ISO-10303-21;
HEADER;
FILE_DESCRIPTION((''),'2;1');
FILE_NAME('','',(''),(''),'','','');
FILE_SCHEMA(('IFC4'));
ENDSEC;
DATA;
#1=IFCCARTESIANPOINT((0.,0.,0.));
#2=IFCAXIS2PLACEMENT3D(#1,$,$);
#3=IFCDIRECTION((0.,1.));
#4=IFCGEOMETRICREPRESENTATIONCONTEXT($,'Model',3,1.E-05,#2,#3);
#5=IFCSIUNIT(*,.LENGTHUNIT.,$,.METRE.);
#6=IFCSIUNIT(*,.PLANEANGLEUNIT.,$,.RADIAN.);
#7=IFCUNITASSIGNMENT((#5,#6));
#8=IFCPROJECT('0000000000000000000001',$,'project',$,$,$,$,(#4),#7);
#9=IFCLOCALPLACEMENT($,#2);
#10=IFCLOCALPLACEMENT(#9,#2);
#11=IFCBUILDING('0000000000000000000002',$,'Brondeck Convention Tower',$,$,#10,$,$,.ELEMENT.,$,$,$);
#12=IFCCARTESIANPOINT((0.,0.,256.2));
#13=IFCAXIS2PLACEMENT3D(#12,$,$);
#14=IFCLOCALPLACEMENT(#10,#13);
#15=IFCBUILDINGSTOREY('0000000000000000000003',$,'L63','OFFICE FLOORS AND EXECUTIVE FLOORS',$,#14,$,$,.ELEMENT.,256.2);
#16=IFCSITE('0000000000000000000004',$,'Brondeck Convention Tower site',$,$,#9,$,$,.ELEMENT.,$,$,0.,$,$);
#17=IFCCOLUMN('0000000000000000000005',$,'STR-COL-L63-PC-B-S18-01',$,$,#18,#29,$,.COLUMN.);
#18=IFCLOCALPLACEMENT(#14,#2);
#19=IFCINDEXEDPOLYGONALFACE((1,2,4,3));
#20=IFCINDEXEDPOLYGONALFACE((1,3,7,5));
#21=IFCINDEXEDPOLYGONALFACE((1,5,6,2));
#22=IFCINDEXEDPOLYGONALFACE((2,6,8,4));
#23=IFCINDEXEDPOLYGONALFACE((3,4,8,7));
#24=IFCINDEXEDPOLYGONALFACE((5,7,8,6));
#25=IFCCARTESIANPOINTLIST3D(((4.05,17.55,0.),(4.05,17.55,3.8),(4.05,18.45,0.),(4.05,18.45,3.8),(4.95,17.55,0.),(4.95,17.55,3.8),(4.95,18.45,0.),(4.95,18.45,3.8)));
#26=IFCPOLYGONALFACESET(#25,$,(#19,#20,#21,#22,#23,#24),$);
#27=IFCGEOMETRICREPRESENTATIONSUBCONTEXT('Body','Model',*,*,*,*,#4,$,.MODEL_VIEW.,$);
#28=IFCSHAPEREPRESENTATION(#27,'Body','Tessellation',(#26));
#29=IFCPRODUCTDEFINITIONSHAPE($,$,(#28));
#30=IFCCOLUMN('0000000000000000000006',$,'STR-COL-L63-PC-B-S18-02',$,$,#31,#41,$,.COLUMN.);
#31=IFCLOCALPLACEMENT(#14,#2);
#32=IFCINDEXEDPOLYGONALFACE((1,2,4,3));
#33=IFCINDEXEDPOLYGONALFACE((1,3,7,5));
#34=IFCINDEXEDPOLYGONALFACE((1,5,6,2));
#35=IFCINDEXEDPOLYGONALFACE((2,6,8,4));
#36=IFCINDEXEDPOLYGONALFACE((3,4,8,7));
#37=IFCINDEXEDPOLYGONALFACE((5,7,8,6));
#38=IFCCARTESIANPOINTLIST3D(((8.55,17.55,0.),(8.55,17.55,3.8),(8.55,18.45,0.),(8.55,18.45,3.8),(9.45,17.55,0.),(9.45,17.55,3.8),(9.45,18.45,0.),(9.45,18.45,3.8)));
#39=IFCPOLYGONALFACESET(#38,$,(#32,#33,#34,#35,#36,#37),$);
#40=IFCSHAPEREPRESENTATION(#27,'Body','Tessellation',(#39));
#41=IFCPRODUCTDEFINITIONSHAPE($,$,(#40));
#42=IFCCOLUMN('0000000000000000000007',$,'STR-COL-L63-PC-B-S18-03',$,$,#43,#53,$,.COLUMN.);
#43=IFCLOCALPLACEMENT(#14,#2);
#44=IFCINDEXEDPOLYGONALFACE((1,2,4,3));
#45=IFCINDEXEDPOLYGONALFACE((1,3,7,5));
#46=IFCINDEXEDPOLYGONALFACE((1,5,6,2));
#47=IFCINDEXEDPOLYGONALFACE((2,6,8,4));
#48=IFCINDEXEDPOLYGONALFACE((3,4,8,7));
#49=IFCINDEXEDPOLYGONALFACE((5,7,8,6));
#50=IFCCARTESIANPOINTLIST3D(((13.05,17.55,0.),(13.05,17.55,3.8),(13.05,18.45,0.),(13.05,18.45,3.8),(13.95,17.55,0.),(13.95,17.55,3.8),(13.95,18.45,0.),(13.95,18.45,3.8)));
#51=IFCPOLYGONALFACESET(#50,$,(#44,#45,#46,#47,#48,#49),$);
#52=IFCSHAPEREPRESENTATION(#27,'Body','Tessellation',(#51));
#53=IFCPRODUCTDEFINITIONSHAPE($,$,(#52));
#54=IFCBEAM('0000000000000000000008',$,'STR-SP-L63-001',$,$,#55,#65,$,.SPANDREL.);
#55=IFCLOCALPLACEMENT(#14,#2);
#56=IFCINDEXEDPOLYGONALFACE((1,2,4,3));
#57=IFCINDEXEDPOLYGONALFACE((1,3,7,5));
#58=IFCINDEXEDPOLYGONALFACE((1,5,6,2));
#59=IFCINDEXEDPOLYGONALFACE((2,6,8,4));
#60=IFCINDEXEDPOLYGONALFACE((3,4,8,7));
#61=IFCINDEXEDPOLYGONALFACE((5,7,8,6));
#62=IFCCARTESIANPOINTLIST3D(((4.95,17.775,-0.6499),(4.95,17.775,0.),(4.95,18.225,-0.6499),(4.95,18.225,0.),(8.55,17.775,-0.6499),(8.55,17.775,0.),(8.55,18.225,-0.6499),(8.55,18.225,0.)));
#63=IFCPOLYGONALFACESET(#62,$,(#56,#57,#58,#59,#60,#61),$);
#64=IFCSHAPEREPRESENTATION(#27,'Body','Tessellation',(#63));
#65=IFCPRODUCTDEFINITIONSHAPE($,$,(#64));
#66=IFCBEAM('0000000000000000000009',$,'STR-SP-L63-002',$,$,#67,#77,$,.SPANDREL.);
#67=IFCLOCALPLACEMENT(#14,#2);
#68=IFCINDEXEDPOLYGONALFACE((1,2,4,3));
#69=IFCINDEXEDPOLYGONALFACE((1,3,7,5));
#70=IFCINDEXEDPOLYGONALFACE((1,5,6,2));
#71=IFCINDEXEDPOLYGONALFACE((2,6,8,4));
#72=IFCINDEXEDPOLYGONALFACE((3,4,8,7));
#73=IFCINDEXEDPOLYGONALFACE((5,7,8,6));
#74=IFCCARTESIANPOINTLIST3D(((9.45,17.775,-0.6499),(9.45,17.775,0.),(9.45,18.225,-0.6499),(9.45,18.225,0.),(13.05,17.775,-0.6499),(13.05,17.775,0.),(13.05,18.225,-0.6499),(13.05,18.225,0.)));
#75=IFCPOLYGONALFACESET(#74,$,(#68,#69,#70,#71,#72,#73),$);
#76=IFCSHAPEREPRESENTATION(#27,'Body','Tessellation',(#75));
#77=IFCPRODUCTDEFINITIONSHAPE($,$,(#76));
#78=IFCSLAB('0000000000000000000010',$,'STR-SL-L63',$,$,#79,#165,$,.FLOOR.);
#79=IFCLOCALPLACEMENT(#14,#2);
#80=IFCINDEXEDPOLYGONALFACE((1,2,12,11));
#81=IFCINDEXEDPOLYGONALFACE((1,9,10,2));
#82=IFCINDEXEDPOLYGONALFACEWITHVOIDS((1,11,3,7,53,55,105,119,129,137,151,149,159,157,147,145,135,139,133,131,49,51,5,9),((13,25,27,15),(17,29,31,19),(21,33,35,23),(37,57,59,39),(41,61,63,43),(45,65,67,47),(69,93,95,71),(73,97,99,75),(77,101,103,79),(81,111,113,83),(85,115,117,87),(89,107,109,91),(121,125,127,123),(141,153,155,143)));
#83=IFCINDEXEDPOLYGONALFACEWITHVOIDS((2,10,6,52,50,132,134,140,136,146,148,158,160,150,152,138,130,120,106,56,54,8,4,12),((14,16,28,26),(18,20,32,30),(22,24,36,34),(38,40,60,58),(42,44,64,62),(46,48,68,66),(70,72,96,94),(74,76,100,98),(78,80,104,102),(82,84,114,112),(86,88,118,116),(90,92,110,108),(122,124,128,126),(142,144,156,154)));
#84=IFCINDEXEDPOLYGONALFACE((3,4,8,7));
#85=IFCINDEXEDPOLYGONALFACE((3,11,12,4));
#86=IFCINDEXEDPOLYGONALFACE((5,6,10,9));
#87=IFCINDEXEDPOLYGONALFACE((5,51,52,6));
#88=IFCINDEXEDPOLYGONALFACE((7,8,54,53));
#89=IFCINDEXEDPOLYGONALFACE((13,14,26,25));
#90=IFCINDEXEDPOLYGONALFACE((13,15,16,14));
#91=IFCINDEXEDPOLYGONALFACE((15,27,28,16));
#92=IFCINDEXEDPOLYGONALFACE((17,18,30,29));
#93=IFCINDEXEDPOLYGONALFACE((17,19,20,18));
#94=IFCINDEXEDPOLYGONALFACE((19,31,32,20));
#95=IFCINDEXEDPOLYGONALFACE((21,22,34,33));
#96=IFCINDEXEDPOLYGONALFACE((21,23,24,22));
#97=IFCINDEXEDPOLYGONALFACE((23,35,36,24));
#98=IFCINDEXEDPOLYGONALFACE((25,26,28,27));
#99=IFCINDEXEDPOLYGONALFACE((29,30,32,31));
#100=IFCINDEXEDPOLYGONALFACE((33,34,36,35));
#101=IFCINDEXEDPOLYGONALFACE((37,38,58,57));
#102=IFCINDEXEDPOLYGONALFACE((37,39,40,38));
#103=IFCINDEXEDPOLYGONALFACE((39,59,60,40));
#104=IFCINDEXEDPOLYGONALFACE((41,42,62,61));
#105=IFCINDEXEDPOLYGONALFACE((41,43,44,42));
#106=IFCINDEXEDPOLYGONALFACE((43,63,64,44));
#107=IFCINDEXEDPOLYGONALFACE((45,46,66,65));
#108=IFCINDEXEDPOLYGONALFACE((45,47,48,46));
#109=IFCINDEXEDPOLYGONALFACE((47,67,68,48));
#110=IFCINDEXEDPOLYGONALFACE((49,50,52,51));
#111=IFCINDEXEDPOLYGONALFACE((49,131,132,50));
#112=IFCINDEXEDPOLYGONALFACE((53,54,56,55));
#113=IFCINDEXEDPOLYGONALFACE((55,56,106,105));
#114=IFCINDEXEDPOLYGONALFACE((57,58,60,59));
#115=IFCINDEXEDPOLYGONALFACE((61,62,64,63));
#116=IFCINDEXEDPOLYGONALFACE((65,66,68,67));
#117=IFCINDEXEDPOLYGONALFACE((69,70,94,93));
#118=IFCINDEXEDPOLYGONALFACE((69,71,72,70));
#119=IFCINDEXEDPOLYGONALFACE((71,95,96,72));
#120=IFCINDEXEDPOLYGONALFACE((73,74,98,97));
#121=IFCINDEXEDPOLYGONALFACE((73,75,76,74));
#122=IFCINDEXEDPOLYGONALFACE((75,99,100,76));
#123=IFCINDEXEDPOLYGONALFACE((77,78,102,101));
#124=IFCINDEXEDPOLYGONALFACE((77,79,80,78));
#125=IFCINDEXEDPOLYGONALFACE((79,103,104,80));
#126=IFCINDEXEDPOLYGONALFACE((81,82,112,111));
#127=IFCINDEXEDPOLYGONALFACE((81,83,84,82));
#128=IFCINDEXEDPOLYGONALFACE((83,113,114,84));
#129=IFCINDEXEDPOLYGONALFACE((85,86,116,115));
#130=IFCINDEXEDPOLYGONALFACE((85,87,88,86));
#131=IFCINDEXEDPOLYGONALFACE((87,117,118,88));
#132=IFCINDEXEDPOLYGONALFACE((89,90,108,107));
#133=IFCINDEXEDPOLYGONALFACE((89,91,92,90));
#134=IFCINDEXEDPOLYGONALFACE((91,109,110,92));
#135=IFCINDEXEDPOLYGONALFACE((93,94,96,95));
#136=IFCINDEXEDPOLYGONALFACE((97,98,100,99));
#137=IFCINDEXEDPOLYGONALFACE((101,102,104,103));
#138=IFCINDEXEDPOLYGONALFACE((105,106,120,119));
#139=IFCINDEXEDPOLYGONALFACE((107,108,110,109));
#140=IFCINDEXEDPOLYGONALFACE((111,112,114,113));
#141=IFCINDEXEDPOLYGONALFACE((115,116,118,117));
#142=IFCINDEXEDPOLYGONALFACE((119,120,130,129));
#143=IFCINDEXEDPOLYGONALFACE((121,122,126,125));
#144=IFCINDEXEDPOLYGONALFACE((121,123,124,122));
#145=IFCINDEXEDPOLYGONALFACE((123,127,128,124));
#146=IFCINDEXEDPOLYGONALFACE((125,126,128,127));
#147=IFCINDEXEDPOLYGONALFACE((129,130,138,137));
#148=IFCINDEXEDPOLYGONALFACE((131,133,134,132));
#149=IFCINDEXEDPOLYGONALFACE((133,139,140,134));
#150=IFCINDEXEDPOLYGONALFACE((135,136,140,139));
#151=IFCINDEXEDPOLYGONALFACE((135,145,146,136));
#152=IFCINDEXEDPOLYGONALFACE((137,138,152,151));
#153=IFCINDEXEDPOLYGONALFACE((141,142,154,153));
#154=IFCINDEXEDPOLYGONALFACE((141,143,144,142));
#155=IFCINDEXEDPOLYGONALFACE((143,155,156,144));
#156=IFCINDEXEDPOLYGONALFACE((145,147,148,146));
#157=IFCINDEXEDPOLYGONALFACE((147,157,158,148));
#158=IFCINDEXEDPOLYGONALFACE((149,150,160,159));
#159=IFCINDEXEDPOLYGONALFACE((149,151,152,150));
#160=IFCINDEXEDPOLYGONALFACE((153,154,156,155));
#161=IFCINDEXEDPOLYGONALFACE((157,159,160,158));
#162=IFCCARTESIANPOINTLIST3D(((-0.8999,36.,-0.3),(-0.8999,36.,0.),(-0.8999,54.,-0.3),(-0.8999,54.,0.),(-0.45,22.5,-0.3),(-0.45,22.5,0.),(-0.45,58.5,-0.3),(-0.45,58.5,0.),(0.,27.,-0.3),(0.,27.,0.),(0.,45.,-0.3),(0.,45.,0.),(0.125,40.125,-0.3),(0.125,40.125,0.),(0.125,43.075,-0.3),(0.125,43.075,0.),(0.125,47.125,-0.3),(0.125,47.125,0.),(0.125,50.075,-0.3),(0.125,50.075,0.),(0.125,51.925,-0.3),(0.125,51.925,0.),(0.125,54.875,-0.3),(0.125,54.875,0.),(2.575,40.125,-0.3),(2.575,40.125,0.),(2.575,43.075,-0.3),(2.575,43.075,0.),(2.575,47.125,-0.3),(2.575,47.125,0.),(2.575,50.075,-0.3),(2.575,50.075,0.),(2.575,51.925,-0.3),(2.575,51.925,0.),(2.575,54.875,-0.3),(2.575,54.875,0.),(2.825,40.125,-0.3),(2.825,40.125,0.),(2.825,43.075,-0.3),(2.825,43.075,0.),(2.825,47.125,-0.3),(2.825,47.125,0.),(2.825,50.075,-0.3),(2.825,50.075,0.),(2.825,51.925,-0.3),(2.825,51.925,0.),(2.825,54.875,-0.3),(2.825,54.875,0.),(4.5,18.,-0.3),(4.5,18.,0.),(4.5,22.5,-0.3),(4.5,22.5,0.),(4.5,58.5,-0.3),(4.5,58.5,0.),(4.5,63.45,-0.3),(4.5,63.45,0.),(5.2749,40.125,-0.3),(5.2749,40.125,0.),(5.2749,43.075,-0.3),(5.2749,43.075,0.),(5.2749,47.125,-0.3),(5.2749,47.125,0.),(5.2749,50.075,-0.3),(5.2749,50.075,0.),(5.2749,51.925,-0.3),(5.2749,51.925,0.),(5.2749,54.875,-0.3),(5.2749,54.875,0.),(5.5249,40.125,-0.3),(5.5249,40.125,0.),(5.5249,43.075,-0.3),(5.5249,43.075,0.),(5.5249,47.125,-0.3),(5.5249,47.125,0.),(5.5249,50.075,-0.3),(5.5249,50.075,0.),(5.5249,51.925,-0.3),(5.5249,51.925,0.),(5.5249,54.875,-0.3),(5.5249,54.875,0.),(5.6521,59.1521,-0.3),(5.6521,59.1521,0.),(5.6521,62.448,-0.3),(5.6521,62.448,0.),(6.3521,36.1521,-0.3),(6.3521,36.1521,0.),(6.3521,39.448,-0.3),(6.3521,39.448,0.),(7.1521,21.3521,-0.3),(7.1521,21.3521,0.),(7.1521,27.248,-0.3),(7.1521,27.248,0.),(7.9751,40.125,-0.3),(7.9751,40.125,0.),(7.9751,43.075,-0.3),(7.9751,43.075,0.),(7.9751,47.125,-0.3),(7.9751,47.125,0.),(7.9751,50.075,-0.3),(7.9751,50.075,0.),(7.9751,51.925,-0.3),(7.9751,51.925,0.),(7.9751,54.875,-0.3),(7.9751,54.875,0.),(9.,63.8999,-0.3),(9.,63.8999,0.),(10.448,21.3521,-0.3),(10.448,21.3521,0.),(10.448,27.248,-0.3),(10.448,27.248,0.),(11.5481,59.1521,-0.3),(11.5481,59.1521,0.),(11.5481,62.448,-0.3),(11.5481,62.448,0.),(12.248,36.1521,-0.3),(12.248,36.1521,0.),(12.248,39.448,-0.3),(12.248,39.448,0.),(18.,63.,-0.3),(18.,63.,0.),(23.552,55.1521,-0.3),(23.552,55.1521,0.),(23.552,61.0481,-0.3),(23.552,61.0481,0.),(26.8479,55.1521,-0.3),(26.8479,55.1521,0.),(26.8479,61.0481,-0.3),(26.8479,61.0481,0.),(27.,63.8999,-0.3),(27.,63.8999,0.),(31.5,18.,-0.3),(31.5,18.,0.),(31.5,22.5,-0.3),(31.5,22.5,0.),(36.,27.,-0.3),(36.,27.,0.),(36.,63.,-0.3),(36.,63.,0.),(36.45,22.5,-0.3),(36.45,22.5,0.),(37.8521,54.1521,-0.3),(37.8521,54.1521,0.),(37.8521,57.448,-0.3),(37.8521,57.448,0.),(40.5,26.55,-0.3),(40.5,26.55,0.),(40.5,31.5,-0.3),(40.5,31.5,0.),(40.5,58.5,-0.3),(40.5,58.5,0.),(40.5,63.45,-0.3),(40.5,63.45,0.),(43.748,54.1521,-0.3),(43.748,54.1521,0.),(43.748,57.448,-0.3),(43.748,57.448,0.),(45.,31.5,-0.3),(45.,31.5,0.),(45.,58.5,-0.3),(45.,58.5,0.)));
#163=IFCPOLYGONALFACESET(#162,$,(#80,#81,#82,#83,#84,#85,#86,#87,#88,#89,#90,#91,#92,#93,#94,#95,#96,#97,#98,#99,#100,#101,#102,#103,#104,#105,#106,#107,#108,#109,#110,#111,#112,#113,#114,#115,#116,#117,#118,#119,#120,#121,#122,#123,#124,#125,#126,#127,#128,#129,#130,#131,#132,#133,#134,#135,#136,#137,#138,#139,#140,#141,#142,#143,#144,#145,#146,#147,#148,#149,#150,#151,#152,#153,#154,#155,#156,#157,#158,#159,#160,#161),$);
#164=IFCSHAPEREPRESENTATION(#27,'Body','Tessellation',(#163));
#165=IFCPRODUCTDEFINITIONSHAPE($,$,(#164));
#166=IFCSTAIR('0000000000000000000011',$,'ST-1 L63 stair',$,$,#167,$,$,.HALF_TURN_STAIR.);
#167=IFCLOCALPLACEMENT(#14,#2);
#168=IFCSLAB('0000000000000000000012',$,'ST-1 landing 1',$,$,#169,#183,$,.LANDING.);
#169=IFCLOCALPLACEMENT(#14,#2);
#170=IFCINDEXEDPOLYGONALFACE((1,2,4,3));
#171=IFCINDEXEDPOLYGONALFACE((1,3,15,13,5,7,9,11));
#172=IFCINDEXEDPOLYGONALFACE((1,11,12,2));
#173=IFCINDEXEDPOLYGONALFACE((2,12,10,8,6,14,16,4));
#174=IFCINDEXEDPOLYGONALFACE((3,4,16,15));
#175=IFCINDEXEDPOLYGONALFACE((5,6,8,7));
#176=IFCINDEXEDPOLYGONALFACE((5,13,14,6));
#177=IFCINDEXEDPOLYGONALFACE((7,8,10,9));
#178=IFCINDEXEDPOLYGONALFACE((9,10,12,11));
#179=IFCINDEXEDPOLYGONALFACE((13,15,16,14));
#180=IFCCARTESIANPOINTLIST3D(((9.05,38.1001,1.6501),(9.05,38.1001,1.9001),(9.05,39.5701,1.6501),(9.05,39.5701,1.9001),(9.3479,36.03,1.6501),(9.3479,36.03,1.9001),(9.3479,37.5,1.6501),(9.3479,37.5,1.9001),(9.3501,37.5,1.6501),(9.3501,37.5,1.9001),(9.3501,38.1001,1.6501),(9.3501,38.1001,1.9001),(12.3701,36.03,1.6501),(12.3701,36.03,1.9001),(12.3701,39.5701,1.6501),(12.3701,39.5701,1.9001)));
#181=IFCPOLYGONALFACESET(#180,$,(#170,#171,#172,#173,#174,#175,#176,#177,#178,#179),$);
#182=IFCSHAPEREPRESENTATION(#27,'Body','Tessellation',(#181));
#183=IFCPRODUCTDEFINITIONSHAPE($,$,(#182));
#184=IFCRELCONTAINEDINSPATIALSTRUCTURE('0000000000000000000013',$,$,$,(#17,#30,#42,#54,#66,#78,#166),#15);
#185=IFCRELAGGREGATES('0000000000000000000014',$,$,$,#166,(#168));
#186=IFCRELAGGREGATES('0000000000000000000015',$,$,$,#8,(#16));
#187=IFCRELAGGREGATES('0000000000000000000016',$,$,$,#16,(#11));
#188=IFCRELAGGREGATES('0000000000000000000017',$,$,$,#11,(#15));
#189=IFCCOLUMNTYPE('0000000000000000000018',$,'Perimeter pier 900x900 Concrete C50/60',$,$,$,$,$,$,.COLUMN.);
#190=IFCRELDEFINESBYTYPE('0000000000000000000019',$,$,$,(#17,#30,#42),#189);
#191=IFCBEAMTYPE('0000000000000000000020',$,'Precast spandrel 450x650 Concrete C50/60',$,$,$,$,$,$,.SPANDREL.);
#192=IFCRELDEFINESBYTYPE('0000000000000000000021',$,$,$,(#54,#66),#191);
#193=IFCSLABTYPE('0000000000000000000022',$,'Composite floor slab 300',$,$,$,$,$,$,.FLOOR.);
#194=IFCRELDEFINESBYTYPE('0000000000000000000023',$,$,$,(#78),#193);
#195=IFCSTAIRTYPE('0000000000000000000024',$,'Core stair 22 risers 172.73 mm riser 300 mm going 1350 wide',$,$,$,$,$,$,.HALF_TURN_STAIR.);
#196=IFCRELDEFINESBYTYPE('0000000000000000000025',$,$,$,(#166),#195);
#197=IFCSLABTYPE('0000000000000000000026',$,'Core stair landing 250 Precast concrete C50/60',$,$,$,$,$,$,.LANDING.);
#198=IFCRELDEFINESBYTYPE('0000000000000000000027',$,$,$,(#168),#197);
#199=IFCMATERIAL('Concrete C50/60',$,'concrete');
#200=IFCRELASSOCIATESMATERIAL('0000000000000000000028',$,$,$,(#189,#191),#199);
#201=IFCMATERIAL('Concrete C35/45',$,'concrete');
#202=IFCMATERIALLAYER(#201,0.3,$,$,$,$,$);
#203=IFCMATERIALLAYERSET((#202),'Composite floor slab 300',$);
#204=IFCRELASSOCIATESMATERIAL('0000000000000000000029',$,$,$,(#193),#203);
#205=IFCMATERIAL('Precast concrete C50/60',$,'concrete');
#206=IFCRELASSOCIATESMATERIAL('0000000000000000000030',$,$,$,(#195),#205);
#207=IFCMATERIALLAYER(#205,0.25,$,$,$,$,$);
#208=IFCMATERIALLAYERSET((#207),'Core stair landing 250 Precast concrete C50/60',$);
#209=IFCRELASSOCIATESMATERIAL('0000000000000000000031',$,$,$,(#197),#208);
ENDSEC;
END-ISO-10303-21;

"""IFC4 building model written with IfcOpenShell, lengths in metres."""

from ifc_helpers import new_model, si_unit, direction, frame, origin, origin_2d, place, context, subcontext, project, spatial, polyline, rectangle, outline, extrude, material, layer, layer_set, material_profile, profile_set, type_object, element, aggregate, save


model = new_model("IFC4")

# Units and contexts
model_context = context("Model", 3, precision=1e-05, world=origin(), true_north=direction((0.0, 1.0)))
body_context = subcontext(model_context, "Body", "Model", "MODEL_VIEW")
ifc_project = project(units=[si_unit("LENGTHUNIT", "METRE"), si_unit("PLANEANGLEUNIT", "RADIAN")], contexts=[model_context])

# Site, building, storey
site_placement = place(None, origin())
site = spatial("IfcSite", under=ifc_project, at=site_placement, Name="Brondeck Convention Tower site", CompositionType="ELEMENT", RefElevation=0.0)
building_placement = place(site_placement, origin())
building = spatial("IfcBuilding", under=site, at=building_placement, Name="Brondeck Convention Tower", CompositionType="ELEMENT")
storey_placement = place(building_placement, frame((0.0, 0.0, 256.2)))
storey = spatial("IfcBuildingStorey", under=building, at=storey_placement, Name="L63", Description="OFFICE FLOORS AND EXECUTIVE FLOORS", CompositionType="ELEMENT", Elevation=256.2)

# Columns
ifc_material_1 = material(Name="Concrete C50/60", Category="concrete")
ifc_material_profile_1 = material_profile(ifc_material_1, rectangle(XDim=0.8999, YDim=0.8999, at=origin_2d()), Name="Perimeter pier 900x900 Concrete C50/60")
ifc_profile_set_1 = profile_set([ifc_material_profile_1], Name="Concrete C50/60")
column_type = type_object("IfcColumnType", Name="Perimeter pier 900x900 Concrete C50/60", PredefinedType="COLUMN", material=ifc_profile_set_1)
for number, where, z_axis, x_axis, name in (
    (1, (4.5, 18.0, 0.0), (0.0, 0.0, 1.0), (1.0, 0.0, 0.0), "STR-COL-L63-PC-B-S18-01"),
    (2, (9.0, 18.0, 0.0), (0.0, 0.0, 1.0), (1.0, 0.0, 0.0), "STR-COL-L63-PC-B-S18-02"),
    (3, (13.5, 18.0, 0.0), (0.0, 0.0, 1.0), (1.0, 0.0, 0.0), "STR-COL-L63-PC-B-S18-03"),
):
    element("IfcColumn", number, at=place(storey_placement, frame(where, z_axis=z_axis, x_axis=x_axis)), inside=storey, type_object=column_type, Name=name, PredefinedType="COLUMN", context=body_context, shape_type="SweptSolid", body=[
        extrude(rectangle(XDim=0.8999, YDim=0.8999, at=origin_2d()), origin(), (0.0, 0.0, 1.0), 3.8),
    ])

# Beams
ifc_material_profile_2 = material_profile(ifc_material_1, rectangle(XDim=0.45, YDim=0.6499, at=origin_2d()), Name="Precast spandrel 450x650 Concrete C50/60")
ifc_profile_set_2 = profile_set([ifc_material_profile_2], Name="Concrete C50/60")
beam_type = type_object("IfcBeamType", Name="Precast spandrel 450x650 Concrete C50/60", PredefinedType="SPANDREL", material=ifc_profile_set_2)
for number, where, z_axis, x_axis, name in (
    (4, (4.95, 18.0, -0.325), (1.0, 0.0, 0.0), (0.0, 1.0, 0.0), "STR-SP-L63-001"),
    (5, (9.45, 18.0, -0.325), (1.0, 0.0, 0.0), (0.0, 1.0, 0.0), "STR-SP-L63-002"),
):
    element("IfcBeam", number, at=place(storey_placement, frame(where, z_axis=z_axis, x_axis=x_axis)), inside=storey, type_object=beam_type, Name=name, PredefinedType="SPANDREL", context=body_context, shape_type="SweptSolid", body=[
        extrude(rectangle(XDim=0.45, YDim=0.6499, at=origin_2d()), origin(), (0.0, 0.0, 1.0), 3.6001),
    ])

# Slab
ifc_material_2 = material(Name="Concrete C35/45", Category="concrete")
ifc_layer_1 = layer(ifc_material_2, 0.3)
ifc_layer_set_1 = layer_set([ifc_layer_1], Name="Composite floor slab 300")
slab_type_1 = type_object("IfcSlabType", Name="Composite floor slab 300", PredefinedType="FLOOR", material=ifc_layer_set_1)
slab_1_placement = place(storey_placement, frame((0.0, 0.0, -0.3)))
element("IfcSlab", 6, at=slab_1_placement, inside=storey, type_object=slab_type_1, Name="STR-SL-L63", PredefinedType="FLOOR", context=body_context, shape_type="SweptSolid", body=[
    extrude(outline(polyline([(4.5, 22.5), (-0.45, 22.5), (0.0, 27.0), (-0.8999, 36.0), (0.0, 45.0), (-0.8999, 54.0), (-0.45, 58.5), (4.5, 58.5), (4.5, 63.45), (9.0, 63.8999), (18.0, 63.0), (27.0, 63.8999), (36.0, 63.0), (40.5, 63.45), (40.5, 58.5), (45.0, 58.5), (45.0, 31.5), (40.5, 31.5), (40.5, 26.55), (36.0, 27.0), (36.45, 22.5), (31.5, 22.5), (31.5, 18.0), (4.5, 18.0), (4.5, 22.5)]), holes=[polyline([(2.575, 43.075), (0.125, 43.075), (0.125, 40.125), (2.575, 40.125), (2.575, 43.075)]), polyline([(5.2749, 40.125), (5.2749, 43.075), (2.825, 43.075), (2.825, 40.125), (5.2749, 40.125)]), polyline([(7.9751, 40.125), (7.9751, 43.075), (5.5249, 43.075), (5.5249, 40.125), (7.9751, 40.125)]), polyline([(2.575, 47.125), (2.575, 50.075), (0.125, 50.075), (0.125, 47.125), (2.575, 47.125)]), polyline([(5.2749, 47.125), (5.2749, 50.075), (2.825, 50.075), (2.825, 47.125), (5.2749, 47.125)]), polyline([(2.575, 51.925), (2.575, 54.875), (0.125, 54.875), (0.125, 51.925), (2.575, 51.925)]), polyline([(5.2749, 51.925), (5.2749, 54.875), (2.825, 54.875), (2.825, 51.925), (5.2749, 51.925)]), polyline([(7.1521, 27.248), (7.1521, 21.3521), (10.448, 21.3521), (10.448, 27.248), (7.1521, 27.248)]), polyline([(12.248, 36.1521), (12.248, 39.448), (6.3521, 39.448), (6.3521, 36.1521), (12.248, 36.1521)]), polyline([(7.9751, 47.125), (7.9751, 50.075), (5.5249, 50.075), (5.5249, 47.125), (7.9751, 47.125)]), polyline([(7.9751, 51.925), (7.9751, 54.875), (5.5249, 54.875), (5.5249, 51.925), (7.9751, 51.925)]), polyline([(43.748, 54.1521), (43.748, 57.448), (37.8521, 57.448), (37.8521, 54.1521), (43.748, 54.1521)]), polyline([(23.552, 55.1521), (26.8479, 55.1521), (26.8479, 61.0481), (23.552, 61.0481), (23.552, 55.1521)]), polyline([(5.6521, 62.448), (5.6521, 59.1521), (11.5481, 59.1521), (11.5481, 62.448), (5.6521, 62.448)])]), origin(), (0.0, 0.0, 1.0), 0.3),
])

# Stair, slab
ifc_material_3 = material(Name="Precast concrete C50/60", Category="concrete")
stair_type = type_object("IfcStairType", Name="Core stair 22 risers 172.73 mm riser 300 mm going 1350 wide", PredefinedType="HALF_TURN_STAIR", material=ifc_material_3)
stair_1_placement = place(storey_placement, origin())
stair_1 = element("IfcStair", 7, at=stair_1_placement, inside=storey, type_object=stair_type, Name="ST-1 L63 stair", PredefinedType="HALF_TURN_STAIR")
ifc_layer_2 = layer(ifc_material_3, 0.25)
ifc_layer_set_2 = layer_set([ifc_layer_2], Name="Core stair landing 250 Precast concrete C50/60")
slab_type_2 = type_object("IfcSlabType", Name="Core stair landing 250 Precast concrete C50/60", PredefinedType="LANDING", material=ifc_layer_set_2)
slab_2_placement = place(storey_placement, frame((0.0, 0.0, 1.6501)))
slab_2 = element("IfcSlab", 8, at=slab_2_placement, type_object=slab_type_2, Name="ST-1 landing 1", PredefinedType="LANDING", context=body_context, shape_type="SweptSolid", body=[
    extrude(outline(polyline([(9.3479, 37.5), (9.3501, 37.5), (9.3501, 38.1001), (9.05, 38.1001), (9.05, 39.5701), (12.3701, 39.5701), (12.3701, 36.03), (9.3479, 36.03), (9.3479, 37.5)])), origin(), (0.0, 0.0, 1.0), 0.25),
])
aggregate(stair_1, [slab_2])

save(model, "model.ifc")
